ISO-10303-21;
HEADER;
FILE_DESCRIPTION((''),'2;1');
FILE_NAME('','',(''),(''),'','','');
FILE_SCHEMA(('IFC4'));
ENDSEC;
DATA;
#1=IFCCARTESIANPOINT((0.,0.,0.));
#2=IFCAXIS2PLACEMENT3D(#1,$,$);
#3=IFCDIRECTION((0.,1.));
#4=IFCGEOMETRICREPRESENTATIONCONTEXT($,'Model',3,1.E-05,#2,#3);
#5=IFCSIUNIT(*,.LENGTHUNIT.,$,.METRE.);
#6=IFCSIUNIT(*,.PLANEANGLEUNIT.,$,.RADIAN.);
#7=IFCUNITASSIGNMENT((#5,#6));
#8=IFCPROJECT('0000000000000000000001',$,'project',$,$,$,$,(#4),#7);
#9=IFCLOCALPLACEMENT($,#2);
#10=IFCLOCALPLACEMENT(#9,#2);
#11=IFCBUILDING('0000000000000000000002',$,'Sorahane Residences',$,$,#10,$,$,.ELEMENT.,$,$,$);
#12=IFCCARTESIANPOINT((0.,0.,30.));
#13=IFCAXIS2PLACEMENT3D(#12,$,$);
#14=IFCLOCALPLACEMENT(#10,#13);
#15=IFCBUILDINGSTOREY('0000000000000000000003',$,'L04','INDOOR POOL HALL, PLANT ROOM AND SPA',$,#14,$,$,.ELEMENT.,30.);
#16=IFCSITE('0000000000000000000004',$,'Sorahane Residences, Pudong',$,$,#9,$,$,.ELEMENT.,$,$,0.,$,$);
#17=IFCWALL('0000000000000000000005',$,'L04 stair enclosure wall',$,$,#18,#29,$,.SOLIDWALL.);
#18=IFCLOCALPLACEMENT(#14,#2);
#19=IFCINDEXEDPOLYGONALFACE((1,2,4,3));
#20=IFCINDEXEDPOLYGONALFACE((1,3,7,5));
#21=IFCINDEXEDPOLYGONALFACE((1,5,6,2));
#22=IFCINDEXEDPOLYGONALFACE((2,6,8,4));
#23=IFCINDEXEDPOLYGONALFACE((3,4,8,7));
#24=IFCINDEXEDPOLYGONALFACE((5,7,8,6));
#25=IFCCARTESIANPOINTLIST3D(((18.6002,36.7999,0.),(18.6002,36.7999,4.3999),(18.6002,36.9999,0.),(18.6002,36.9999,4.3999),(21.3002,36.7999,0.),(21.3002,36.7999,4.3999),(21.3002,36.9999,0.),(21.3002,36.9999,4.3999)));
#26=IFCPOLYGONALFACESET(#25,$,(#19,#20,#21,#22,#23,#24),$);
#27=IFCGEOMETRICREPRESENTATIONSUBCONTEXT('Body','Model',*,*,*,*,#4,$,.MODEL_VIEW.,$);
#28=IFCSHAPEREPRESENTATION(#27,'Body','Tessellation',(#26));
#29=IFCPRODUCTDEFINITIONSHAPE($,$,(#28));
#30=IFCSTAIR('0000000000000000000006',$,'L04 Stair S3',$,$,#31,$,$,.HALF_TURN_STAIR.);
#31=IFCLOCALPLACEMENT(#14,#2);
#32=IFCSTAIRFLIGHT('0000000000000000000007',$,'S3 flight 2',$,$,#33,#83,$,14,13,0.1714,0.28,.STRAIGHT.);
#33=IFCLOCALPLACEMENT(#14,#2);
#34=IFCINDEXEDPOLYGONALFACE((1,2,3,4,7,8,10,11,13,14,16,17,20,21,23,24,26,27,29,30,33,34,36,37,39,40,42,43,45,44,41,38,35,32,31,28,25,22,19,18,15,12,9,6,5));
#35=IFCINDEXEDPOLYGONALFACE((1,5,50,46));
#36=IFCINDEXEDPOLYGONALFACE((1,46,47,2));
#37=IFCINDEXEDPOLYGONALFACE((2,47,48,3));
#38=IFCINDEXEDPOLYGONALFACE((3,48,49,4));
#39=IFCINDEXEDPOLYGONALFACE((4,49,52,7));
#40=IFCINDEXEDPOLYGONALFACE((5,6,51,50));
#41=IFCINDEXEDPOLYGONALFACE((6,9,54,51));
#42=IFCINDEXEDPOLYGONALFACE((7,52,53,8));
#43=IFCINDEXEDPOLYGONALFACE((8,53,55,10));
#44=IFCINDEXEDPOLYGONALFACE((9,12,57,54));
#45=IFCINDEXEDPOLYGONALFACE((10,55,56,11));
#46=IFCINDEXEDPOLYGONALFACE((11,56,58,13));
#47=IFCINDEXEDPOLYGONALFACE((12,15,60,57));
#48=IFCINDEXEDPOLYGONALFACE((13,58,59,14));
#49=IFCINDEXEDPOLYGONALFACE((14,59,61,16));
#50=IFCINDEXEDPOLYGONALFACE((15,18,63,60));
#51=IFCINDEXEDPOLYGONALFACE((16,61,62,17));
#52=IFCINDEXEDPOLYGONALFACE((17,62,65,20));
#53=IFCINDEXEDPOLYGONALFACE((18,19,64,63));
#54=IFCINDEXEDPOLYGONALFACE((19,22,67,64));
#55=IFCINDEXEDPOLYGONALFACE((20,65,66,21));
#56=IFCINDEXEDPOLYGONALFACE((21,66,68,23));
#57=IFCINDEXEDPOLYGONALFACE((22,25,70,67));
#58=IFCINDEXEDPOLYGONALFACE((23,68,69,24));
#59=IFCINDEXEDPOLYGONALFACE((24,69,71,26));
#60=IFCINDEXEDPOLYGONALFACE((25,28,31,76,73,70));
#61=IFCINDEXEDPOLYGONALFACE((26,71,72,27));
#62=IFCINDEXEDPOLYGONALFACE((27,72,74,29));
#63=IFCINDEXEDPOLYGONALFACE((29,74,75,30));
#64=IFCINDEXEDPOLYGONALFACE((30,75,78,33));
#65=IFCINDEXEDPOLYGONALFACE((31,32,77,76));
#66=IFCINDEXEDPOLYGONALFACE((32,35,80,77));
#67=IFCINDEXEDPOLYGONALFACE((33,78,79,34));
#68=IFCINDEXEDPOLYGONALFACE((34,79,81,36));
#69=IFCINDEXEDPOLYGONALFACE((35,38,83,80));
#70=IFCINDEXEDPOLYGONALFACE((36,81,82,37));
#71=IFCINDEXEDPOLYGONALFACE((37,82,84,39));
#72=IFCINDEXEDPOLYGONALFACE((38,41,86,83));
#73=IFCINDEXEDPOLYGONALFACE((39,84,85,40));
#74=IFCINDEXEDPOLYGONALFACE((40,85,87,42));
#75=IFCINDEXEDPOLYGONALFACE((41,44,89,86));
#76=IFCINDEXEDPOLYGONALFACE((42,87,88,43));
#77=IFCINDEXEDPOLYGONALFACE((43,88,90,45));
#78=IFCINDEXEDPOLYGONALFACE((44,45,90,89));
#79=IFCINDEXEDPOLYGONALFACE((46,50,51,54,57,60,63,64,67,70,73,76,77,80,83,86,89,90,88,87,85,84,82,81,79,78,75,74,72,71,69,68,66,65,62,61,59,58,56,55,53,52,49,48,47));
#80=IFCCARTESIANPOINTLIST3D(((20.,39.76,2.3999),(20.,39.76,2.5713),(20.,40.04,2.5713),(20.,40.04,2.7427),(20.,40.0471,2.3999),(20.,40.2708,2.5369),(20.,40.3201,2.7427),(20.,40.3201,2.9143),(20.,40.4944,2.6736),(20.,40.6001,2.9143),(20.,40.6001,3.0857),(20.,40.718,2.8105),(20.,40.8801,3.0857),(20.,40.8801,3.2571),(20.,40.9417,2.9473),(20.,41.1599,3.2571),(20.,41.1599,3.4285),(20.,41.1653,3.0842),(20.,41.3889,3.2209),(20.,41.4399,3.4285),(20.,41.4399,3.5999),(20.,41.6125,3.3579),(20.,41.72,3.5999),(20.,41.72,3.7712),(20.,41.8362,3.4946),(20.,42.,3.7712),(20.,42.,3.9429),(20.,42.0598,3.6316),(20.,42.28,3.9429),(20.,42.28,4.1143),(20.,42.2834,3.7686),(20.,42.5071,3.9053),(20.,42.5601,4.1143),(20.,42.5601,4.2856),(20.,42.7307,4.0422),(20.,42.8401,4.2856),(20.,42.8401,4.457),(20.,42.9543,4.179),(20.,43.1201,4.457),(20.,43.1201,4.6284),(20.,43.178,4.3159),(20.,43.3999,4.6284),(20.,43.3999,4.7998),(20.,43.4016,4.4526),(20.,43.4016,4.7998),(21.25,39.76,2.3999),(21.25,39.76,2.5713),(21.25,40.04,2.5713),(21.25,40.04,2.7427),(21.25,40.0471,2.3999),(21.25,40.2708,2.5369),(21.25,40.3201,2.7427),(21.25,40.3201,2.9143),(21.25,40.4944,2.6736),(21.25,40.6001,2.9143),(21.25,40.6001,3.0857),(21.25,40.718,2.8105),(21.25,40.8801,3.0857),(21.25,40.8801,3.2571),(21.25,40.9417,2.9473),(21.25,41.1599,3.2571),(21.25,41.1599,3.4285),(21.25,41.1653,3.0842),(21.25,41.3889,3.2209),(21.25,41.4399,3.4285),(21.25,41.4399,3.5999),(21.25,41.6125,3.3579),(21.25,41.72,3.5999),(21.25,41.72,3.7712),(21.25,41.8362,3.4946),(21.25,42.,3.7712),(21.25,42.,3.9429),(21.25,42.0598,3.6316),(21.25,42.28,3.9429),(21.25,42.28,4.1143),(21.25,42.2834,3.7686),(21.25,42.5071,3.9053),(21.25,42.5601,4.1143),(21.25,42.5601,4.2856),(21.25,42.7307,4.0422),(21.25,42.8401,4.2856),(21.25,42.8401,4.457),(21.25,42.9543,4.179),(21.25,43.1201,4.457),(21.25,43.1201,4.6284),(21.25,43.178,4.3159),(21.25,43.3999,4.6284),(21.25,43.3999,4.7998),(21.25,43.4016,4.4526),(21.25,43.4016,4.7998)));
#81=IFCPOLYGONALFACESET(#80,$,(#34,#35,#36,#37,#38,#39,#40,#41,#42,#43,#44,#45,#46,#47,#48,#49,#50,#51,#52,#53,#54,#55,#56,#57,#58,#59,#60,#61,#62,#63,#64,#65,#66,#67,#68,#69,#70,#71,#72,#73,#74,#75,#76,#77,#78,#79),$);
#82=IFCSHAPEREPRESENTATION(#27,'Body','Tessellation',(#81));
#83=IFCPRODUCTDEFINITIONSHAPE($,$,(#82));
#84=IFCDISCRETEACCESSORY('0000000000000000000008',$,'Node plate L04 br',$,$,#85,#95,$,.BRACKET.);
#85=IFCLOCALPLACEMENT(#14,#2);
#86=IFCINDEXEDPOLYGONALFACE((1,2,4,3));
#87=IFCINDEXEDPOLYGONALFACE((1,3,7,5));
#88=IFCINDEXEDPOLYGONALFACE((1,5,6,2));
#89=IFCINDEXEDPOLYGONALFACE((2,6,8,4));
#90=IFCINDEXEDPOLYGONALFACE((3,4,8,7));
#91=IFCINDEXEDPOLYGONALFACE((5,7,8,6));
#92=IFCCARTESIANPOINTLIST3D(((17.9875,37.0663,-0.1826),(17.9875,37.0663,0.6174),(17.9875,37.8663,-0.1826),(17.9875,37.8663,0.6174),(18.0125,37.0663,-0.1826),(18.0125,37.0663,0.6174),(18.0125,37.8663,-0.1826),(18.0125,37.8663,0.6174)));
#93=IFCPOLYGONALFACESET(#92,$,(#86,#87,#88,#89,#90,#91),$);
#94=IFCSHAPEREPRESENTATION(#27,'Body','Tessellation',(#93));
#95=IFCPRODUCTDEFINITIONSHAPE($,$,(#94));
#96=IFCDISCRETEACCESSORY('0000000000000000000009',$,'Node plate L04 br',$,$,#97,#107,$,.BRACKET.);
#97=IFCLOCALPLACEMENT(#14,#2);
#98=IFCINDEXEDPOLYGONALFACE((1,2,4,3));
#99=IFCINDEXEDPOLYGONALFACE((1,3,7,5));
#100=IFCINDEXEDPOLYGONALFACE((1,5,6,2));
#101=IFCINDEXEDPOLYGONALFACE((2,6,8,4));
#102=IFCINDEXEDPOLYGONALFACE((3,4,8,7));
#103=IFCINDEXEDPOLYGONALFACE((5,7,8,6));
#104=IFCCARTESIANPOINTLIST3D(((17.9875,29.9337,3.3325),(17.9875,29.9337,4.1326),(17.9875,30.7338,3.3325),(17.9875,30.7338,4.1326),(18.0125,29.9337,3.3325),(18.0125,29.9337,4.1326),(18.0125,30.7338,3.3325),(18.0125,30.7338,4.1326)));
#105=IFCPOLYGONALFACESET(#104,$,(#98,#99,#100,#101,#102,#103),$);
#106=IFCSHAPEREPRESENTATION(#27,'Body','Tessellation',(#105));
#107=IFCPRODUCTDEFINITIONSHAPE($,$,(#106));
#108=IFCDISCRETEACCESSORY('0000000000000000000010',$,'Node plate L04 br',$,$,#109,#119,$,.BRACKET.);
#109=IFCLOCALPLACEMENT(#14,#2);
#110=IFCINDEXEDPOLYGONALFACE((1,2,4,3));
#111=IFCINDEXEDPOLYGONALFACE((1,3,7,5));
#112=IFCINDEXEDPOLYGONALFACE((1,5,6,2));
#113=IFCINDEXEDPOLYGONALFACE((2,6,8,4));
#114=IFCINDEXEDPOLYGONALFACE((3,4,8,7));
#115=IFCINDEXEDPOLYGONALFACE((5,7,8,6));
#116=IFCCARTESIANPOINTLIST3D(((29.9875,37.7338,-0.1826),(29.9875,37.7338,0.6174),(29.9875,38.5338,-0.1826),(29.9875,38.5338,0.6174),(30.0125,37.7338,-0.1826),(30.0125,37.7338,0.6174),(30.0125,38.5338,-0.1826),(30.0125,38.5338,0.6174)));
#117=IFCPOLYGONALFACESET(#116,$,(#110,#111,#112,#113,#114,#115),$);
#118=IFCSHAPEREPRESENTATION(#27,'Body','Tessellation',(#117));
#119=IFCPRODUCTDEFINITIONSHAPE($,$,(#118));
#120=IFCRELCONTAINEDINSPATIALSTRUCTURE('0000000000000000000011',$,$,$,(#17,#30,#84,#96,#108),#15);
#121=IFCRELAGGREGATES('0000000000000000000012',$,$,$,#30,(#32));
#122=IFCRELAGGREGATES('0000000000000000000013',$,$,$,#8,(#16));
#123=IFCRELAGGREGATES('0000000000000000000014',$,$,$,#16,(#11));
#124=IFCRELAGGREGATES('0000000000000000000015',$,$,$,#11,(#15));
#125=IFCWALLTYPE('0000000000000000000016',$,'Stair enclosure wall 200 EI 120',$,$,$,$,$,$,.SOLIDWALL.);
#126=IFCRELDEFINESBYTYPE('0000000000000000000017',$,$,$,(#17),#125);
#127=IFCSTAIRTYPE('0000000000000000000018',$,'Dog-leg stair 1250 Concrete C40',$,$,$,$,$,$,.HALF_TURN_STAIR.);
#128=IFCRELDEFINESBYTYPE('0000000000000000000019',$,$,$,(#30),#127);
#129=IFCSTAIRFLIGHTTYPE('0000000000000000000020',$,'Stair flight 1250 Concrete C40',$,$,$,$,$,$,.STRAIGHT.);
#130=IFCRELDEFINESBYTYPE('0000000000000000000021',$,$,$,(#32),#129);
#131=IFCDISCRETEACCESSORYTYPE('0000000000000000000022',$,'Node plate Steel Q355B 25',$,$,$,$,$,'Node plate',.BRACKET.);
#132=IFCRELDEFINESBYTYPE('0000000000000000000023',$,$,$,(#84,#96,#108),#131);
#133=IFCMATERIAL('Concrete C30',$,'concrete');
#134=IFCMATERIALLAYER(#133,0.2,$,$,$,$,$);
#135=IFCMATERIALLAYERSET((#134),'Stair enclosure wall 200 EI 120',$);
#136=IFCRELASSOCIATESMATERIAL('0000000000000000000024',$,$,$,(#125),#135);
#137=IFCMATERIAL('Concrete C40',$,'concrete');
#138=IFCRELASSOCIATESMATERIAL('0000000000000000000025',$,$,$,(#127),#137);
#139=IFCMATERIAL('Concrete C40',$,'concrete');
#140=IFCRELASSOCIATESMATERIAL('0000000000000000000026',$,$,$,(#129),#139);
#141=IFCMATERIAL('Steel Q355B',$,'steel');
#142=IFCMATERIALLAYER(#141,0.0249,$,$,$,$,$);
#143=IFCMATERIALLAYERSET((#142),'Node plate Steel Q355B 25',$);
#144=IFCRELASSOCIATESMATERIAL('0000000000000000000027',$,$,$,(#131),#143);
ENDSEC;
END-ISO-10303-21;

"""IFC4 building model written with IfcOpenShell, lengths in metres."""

from ifc_helpers import new_model, si_unit, direction, frame, frame_2d, origin, origin_2d, place, context, subcontext, project, spatial, polyline, rectangle, outline, extrude, material, layer, layer_set, type_object, element, aggregate, save


model = new_model("IFC4")

# Units and contexts
model_context = context("Model", 3, precision=1e-05, world=origin(), true_north=direction((0.0, 1.0)))
body_context = subcontext(model_context, "Body", "Model", "MODEL_VIEW")
ifc_project = project(units=[si_unit("LENGTHUNIT", "METRE"), si_unit("PLANEANGLEUNIT", "RADIAN")], contexts=[model_context])

# Site, building, storey
site_placement = place(None, origin())
site = spatial("IfcSite", under=ifc_project, at=site_placement, Name="Sorahane Residences, Pudong", CompositionType="ELEMENT", RefElevation=0.0)
building_placement = place(site_placement, origin())
building = spatial("IfcBuilding", under=site, at=building_placement, Name="Sorahane Residences", CompositionType="ELEMENT")
storey_placement = place(building_placement, frame((0.0, 0.0, 30.0)))
storey = spatial("IfcBuildingStorey", under=building, at=storey_placement, Name="L04", Description="INDOOR POOL HALL, PLANT ROOM AND SPA", CompositionType="ELEMENT", Elevation=30.0)

# Wall
ifc_material_1 = material(Name="Concrete C30", Category="concrete")
ifc_layer_1 = layer(ifc_material_1, 0.2)
ifc_layer_set_1 = layer_set([ifc_layer_1], Name="Stair enclosure wall 200 EI 120")
wall_type_1 = type_object("IfcWallType", Name="Stair enclosure wall 200 EI 120", PredefinedType="SOLIDWALL", material=ifc_layer_set_1)
wall_1_placement = place(storey_placement, frame((18.6001, 36.8999, 0.0), z_axis=(0.0, 0.0, 1.0), x_axis=(1.0, 0.0, 0.0)))
element("IfcWall", 1, at=wall_1_placement, inside=storey, type_object=wall_type_1, Name="L04 stair enclosure wall", PredefinedType="SOLIDWALL", context=body_context, shape_type="SweptSolid", body=[
    extrude(rectangle(XDim=2.7, YDim=0.2, at=frame_2d((1.3501, 0.0))), origin(), (0.0, 0.0, 1.0), 4.3999),
])

# Stair, stair flight
ifc_material_2 = material(Name="Concrete C40", Category="concrete")
stair_type = type_object("IfcStairType", Name="Dog-leg stair 1250 Concrete C40", PredefinedType="HALF_TURN_STAIR", material=ifc_material_2)
stair_placement = place(storey_placement, origin())
stair = element("IfcStair", 2, at=stair_placement, inside=storey, type_object=stair_type, Name="L04 Stair S3", PredefinedType="HALF_TURN_STAIR")
ifc_material_3 = material(Name="Concrete C40", Category="concrete")
stair_flight_type = type_object("IfcStairFlightType", Name="Stair flight 1250 Concrete C40", PredefinedType="STRAIGHT", material=ifc_material_3)
stair_flight_placement = place(storey_placement, frame((20.625, 39.76, 2.3999), z_axis=(0.0, 0.0, 1.0), x_axis=(0.0, 1.0, 0.0)))
stair_flight = element("IfcStairFlight", 3, at=stair_flight_placement, type_object=stair_flight_type, Name="S3 flight 2", NumberOfRisers=14, NumberOfTreads=13, PredefinedType="STRAIGHT", RiserHeight=0.1714, TreadLength=0.28, context=body_context, shape_type="SweptSolid", body=[
    extrude(outline(polyline([(0.0, 0.0), (0.0, 0.1714), (0.28, 0.1714), (0.28, 0.3428), (0.5601, 0.3428), (0.5601, 0.5144), (0.8401, 0.5144), (0.8401, 0.6858), (1.1201, 0.6858), (1.1201, 0.8572), (1.3999, 0.8572), (1.3999, 1.0286), (1.6799, 1.0286), (1.6799, 1.2), (1.96, 1.2), (1.96, 1.3713), (2.24, 1.3713), (2.24, 1.543), (2.52, 1.543), (2.52, 1.7144), (2.8, 1.7144), (2.8, 1.8857), (3.0801, 1.8857), (3.0801, 2.0571), (3.3601, 2.0571), (3.3601, 2.2285), (3.6399, 2.2285), (3.6399, 2.3999), (3.6416, 2.3999), (3.6416, 2.0527), (3.418, 1.916), (3.1943, 1.7791), (2.9707, 1.6423), (2.7471, 1.5054), (2.5234, 1.3687), (2.2998, 1.2317), (2.0762, 1.0947), (1.8525, 0.958), (1.6289, 0.821), (1.4053, 0.6843), (1.1816, 0.5474), (0.958, 0.4106), (0.7344, 0.2737), (0.5107, 0.137), (0.2871, 0.0), (0.0, 0.0)])), frame((0.0, 0.625, 0.0), z_axis=(0.0, -1.0, 0.0), x_axis=(1.0, 0.0, 0.0)), (0.0, 0.0, 1.0), 1.25),
])
aggregate(stair, [stair_flight])

# Discrete accessories
ifc_material_4 = material(Name="Steel Q355B", Category="steel")
ifc_layer_2 = layer(ifc_material_4, 0.0249)
ifc_layer_set_2 = layer_set([ifc_layer_2], Name="Node plate Steel Q355B 25")
discrete_accessory_type = type_object("IfcDiscreteAccessoryType", Name="Node plate Steel Q355B 25", ElementType="Node plate", PredefinedType="BRACKET", material=ifc_layer_set_2)
for number, where, z_axis, x_axis, name in (
    (4, (18.0, 37.4663, -0.1826), (0.0, 0.0, 1.0), (0.0, 1.0, 0.0), "Node plate L04 br"),
    (5, (18.0, 30.3337, 3.3325), (0.0, 0.0, 1.0), (0.0, 1.0, 0.0), "Node plate L04 br"),
    (6, (30.0, 38.1338, -0.1826), (0.0, 0.0, 1.0), (0.0, 1.0, 0.0), "Node plate L04 br"),
):
    element("IfcDiscreteAccessory", number, at=place(storey_placement, frame(where, z_axis=z_axis, x_axis=x_axis)), inside=storey, type_object=discrete_accessory_type, Name=name, PredefinedType="BRACKET", context=body_context, shape_type="SweptSolid", body=[
        extrude(rectangle(XDim=0.8, YDim=0.0249, at=origin_2d()), origin(), (0.0, 0.0, 1.0), 0.8),
    ])

save(model, "model.ifc")
